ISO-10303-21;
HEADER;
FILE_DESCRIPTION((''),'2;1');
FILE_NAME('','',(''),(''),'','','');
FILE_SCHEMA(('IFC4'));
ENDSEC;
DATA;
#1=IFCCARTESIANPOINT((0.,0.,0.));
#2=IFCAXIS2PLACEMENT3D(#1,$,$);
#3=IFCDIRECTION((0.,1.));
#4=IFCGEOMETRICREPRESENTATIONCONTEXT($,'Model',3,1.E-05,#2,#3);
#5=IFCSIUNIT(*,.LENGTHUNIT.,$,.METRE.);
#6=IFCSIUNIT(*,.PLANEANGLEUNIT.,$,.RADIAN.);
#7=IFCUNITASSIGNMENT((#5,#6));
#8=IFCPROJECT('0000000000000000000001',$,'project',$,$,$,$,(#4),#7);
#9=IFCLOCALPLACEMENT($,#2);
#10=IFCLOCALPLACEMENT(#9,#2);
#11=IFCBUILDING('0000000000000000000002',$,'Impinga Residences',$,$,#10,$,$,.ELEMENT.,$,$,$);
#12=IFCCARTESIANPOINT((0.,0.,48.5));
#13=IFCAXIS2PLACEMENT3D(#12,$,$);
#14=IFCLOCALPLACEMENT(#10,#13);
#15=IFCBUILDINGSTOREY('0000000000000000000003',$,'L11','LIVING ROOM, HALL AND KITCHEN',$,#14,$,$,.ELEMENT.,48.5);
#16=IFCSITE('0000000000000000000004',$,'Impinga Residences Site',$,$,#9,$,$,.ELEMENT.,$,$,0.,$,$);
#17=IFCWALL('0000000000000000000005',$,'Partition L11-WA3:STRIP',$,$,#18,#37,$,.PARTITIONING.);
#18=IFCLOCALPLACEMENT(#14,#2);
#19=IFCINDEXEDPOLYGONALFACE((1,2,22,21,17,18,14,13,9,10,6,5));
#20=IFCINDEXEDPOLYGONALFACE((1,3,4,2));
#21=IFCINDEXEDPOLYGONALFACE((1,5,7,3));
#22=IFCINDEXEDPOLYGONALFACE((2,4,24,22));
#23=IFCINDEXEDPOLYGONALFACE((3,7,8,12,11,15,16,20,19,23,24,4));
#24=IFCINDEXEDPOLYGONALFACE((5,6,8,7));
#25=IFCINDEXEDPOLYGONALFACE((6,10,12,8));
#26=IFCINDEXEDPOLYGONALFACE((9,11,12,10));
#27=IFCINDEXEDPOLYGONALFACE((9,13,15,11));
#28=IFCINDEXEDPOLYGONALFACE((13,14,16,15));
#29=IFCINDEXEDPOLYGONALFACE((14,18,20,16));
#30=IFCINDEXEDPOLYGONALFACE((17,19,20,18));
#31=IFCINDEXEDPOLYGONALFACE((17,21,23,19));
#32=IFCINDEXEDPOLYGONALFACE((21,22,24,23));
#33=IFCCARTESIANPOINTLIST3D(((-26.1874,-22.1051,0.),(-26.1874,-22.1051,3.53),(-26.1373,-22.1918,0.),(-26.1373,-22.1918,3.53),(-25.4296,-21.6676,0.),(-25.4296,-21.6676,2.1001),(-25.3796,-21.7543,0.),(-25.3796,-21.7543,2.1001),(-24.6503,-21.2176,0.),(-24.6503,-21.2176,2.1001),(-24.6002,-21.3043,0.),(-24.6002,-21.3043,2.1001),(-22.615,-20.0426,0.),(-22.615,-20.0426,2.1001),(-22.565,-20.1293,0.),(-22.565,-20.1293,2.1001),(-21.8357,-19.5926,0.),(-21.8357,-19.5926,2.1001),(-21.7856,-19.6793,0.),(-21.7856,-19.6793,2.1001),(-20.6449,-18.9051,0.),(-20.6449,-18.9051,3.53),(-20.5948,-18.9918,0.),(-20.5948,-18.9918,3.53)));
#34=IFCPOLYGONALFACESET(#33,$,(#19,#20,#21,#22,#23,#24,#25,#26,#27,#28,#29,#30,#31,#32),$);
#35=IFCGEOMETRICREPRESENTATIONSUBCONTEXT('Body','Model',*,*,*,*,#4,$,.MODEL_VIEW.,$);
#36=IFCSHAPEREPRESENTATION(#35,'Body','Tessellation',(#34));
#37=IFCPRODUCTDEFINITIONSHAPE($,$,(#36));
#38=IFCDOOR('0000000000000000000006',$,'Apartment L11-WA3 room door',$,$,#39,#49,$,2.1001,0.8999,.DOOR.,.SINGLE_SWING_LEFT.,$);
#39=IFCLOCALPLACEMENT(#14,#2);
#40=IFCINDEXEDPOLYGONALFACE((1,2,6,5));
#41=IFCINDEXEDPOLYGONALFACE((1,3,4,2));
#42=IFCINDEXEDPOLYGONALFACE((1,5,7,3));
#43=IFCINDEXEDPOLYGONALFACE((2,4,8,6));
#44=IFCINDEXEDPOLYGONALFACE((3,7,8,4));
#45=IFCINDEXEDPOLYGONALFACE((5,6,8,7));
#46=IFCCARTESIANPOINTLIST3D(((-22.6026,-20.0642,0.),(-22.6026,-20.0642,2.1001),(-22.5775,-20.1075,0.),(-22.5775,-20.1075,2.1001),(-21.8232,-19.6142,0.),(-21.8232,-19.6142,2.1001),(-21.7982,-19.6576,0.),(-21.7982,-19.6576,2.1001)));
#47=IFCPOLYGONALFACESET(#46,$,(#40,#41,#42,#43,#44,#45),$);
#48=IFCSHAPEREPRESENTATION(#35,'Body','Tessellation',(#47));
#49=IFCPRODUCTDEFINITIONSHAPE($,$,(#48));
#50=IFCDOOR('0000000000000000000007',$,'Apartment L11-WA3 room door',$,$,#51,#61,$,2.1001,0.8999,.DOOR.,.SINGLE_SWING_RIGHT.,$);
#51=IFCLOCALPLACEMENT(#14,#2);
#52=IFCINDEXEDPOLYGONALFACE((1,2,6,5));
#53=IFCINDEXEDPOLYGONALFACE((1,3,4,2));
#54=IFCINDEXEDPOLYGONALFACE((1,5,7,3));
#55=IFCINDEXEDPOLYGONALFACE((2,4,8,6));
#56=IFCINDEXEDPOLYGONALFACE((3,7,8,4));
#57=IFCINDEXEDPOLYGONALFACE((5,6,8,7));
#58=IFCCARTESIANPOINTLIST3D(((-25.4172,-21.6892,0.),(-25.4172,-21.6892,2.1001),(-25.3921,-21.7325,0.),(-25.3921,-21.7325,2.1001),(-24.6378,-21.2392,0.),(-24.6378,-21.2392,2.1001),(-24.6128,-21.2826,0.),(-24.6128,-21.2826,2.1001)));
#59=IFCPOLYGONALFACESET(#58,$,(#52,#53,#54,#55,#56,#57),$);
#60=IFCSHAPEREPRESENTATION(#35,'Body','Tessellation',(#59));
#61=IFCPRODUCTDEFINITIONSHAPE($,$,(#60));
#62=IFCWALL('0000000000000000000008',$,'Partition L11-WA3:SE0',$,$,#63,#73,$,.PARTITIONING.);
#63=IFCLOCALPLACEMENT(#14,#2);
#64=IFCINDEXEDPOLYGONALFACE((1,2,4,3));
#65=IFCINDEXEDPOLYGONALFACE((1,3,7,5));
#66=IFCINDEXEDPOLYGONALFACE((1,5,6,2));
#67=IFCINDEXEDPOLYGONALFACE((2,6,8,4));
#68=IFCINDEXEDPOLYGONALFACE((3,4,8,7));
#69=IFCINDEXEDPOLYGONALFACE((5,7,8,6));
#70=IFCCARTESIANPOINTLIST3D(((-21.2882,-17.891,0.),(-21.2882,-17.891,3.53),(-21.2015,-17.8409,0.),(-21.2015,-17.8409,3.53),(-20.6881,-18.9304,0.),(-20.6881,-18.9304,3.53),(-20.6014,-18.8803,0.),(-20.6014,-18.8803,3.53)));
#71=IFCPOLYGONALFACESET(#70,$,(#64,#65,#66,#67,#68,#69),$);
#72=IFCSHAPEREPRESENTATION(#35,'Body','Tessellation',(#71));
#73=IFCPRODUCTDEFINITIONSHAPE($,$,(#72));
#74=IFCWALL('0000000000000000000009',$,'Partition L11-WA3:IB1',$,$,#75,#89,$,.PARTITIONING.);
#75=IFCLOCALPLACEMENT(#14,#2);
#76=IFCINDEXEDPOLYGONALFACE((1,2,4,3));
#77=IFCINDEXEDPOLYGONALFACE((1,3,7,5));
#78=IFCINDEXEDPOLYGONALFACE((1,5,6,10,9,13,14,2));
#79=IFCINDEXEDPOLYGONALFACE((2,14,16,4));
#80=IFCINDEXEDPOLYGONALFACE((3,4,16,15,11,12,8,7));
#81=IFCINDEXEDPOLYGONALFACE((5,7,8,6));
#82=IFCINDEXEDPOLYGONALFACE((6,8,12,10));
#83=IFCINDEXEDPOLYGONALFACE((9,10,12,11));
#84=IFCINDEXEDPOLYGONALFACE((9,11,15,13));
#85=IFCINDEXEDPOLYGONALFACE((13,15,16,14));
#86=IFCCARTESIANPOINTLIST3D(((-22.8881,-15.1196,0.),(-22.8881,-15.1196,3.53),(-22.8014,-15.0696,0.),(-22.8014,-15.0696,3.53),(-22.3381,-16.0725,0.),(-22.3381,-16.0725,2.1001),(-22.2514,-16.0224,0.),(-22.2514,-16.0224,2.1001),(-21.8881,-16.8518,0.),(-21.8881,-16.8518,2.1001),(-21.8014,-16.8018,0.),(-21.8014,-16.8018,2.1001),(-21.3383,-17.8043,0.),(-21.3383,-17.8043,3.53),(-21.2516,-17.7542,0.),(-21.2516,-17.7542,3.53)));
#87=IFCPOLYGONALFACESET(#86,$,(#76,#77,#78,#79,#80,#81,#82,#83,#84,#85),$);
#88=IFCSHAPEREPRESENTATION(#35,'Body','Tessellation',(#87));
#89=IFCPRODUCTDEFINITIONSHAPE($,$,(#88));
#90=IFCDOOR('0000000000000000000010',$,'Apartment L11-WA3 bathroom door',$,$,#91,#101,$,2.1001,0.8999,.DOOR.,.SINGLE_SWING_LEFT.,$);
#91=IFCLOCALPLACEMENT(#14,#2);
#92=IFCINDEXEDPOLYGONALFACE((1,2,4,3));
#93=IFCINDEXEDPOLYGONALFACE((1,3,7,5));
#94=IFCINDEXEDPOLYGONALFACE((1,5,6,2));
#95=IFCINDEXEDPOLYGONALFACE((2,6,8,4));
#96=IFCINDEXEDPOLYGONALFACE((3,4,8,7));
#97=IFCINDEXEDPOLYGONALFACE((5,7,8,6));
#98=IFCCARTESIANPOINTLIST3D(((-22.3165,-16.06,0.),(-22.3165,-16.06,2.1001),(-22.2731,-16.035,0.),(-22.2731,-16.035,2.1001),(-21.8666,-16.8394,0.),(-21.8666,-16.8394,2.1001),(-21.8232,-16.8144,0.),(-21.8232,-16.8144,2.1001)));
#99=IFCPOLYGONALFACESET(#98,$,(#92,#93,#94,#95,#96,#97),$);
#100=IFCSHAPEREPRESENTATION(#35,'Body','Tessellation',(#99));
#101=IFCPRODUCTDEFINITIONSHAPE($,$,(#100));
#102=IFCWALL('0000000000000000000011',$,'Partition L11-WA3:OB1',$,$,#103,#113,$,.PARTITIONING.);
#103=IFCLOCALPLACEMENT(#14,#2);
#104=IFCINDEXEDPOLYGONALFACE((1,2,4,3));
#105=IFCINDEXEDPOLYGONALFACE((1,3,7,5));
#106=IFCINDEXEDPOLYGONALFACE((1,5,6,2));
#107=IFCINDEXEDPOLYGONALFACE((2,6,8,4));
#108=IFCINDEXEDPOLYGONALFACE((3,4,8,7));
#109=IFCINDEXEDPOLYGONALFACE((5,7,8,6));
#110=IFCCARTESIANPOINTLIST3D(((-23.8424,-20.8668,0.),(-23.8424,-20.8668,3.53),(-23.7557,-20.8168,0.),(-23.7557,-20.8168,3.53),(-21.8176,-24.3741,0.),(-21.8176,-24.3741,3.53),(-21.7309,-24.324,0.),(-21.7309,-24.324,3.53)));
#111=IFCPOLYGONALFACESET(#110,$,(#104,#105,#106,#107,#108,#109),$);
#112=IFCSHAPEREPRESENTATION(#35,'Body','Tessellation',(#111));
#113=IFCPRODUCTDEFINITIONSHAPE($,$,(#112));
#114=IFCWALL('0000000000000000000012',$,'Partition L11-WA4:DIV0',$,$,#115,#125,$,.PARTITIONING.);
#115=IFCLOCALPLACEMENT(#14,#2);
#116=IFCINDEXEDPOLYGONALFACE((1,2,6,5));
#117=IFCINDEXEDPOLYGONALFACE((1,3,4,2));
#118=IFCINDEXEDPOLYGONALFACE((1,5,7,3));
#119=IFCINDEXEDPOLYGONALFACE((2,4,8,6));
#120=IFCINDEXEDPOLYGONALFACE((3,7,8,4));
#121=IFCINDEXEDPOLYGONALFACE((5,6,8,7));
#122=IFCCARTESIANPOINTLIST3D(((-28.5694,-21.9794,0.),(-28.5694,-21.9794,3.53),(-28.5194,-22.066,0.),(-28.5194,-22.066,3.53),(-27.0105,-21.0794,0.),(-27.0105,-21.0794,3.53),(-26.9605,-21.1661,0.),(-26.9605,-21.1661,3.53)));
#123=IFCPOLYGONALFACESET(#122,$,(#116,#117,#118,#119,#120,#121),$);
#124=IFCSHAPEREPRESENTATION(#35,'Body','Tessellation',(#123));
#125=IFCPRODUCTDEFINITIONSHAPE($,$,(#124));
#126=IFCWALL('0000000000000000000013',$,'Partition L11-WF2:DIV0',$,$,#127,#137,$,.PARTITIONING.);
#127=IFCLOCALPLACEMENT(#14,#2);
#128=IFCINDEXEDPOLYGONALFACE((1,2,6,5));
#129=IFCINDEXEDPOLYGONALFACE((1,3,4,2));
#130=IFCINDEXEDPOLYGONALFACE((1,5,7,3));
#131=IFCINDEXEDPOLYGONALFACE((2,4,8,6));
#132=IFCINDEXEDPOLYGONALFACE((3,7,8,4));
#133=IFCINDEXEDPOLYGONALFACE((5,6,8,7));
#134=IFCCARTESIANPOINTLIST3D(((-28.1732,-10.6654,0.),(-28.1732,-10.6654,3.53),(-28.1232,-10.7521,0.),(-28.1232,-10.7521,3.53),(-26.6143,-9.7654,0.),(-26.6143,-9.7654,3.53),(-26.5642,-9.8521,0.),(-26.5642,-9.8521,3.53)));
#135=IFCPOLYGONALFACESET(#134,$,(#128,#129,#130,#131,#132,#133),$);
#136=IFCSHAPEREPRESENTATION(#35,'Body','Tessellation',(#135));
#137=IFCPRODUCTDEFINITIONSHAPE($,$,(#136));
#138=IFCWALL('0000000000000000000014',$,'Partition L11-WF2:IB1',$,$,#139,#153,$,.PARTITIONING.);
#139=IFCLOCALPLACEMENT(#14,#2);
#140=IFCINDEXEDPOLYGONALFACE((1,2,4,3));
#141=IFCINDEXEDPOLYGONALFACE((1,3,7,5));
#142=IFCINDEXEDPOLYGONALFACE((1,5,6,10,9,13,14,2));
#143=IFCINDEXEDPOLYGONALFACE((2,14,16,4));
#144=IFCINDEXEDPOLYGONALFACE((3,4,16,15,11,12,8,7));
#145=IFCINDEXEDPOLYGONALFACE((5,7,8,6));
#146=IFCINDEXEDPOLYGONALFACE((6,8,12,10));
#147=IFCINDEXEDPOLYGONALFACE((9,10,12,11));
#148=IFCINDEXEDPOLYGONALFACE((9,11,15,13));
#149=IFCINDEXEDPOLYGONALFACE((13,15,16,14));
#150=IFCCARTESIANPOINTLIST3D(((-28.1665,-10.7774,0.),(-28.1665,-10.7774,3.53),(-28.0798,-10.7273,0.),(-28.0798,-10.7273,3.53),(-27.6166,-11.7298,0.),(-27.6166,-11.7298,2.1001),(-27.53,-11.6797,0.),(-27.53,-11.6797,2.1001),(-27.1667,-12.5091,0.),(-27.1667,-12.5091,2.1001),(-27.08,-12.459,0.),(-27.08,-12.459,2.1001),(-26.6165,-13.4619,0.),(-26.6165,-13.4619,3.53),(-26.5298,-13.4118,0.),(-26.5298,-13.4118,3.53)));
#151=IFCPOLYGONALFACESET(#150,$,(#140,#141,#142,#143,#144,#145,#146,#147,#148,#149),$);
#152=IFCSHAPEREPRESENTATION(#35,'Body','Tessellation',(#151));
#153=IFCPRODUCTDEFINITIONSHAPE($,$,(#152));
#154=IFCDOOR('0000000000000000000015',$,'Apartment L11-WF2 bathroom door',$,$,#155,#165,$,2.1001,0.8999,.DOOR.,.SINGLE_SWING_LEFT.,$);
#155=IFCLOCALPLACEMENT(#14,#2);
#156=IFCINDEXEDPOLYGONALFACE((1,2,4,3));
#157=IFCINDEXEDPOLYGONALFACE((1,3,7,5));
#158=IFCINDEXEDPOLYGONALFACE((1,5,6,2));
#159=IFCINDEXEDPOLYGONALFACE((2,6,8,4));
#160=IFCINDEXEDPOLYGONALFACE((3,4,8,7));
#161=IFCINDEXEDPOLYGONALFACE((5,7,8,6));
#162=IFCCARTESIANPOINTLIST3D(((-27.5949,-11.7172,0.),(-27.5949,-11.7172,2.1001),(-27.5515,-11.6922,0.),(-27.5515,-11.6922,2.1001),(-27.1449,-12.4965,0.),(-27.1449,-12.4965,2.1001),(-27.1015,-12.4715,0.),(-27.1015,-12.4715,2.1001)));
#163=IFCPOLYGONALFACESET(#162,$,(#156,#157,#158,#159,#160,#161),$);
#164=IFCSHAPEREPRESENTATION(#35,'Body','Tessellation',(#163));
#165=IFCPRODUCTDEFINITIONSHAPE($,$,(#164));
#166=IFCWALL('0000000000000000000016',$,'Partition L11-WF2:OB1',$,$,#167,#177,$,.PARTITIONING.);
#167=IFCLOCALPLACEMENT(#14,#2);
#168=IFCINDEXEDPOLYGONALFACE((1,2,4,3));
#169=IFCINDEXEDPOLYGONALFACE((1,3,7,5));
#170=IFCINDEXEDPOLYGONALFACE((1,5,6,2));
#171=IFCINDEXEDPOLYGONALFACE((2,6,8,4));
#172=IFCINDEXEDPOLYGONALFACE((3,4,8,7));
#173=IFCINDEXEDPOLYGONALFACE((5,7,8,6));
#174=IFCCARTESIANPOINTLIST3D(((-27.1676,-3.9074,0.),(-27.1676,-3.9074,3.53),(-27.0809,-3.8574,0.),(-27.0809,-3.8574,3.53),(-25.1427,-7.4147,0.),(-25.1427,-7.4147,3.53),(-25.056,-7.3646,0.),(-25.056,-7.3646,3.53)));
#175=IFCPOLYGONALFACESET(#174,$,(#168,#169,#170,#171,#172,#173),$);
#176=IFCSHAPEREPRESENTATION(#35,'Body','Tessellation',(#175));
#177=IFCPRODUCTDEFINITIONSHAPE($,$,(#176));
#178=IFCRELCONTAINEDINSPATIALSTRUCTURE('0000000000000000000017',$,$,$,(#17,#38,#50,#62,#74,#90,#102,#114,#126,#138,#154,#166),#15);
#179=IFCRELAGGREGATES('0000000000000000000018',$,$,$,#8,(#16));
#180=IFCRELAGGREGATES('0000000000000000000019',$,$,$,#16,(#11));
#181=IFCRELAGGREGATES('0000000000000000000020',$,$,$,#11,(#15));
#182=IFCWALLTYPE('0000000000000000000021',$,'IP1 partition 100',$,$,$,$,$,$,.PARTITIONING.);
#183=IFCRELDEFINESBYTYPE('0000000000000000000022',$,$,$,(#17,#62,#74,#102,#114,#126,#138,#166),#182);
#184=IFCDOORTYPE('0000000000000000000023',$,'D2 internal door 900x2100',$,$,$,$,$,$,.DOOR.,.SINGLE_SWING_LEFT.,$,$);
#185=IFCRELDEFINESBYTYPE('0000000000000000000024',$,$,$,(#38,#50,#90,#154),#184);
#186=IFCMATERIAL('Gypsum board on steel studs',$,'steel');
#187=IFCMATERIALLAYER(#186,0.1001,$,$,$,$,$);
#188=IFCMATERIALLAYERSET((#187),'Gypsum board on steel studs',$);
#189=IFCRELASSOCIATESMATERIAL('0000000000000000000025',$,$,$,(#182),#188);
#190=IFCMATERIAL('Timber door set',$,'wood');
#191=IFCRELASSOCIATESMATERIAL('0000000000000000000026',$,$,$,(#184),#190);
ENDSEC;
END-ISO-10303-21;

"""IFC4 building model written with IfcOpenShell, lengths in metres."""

from ifc_helpers import new_model, si_unit, direction, frame, frame_2d, origin, place, context, subcontext, project, spatial, rectangle, extrude, material, layer, layer_set, type_object, element, fill, save


model = new_model("IFC4")

# Units and contexts
model_context = context("Model", 3, precision=1e-05, world=origin(), true_north=direction((0.0, 1.0)))
body_context = subcontext(model_context, "Body", "Model", "MODEL_VIEW")
ifc_project = project(units=[si_unit("LENGTHUNIT", "METRE"), si_unit("PLANEANGLEUNIT", "RADIAN")], contexts=[model_context])

# Site, building, storey
site_placement = place(None, origin())
site = spatial("IfcSite", under=ifc_project, at=site_placement, Name="Impinga Residences Site", CompositionType="ELEMENT", RefElevation=0.0)
building_placement = place(site_placement, origin())
building = spatial("IfcBuilding", under=site, at=building_placement, Name="Impinga Residences", CompositionType="ELEMENT")
storey_placement = place(building_placement, frame((0.0, 0.0, 48.5)))
storey = spatial("IfcBuildingStorey", under=building, at=storey_placement, Name="L11", Description="LIVING ROOM, HALL AND KITCHEN", CompositionType="ELEMENT", Elevation=48.5)

# Shared definitions
ifc_material_1 = material(Name="Gypsum board on steel studs", Category="steel")
ifc_layer_1 = layer(ifc_material_1, 0.1001)
ifc_layer_set_1 = layer_set([ifc_layer_1], Name="Gypsum board on steel studs")
wall_type_1 = type_object("IfcWallType", Name="IP1 partition 100", PredefinedType="PARTITIONING", material=ifc_layer_set_1)
ifc_material_2 = material(Name="Timber door set", Category="wood")
door_type = type_object("IfcDoorType", Name="D2 internal door 900x2100", OperationType="SINGLE_SWING_LEFT", PredefinedType="DOOR", material=ifc_material_2)

# Wall, openings, doors
wall_1_placement = place(storey_placement, frame((-20.6199, -18.9485, 0.0), z_axis=(0.0, 0.0, 1.0), x_axis=(-0.866025, -0.5, 0.0)))
wall_1 = element("IfcWall", 1, at=wall_1_placement, inside=storey, type_object=wall_type_1, Name="Partition L11-WA3:STRIP", PredefinedType="PARTITIONING", context=body_context, shape_type="SweptSolid", body=[
    extrude(rectangle(XDim=6.3999, YDim=0.1001, at=frame_2d((3.2, 0.0))), origin(), (0.0, 0.0, 1.0), 3.53),
])
opening_1_placement = place(wall_1_placement, frame((1.375, 0.0, 0.0)))
opening_1 = element("IfcOpeningElement", 2, at=opening_1_placement, cuts=wall_1, PredefinedType="OPENING", context=body_context, shape_type="SweptSolid", body=[
    extrude(rectangle(XDim=0.8999, YDim=2.1001, at=frame_2d((0.45, 1.05))), frame((0.0, 0.0601, 0.0), z_axis=(0.0, -1.0, 0.0), x_axis=(1.0, 0.0, 0.0)), (0.0, 0.0, 1.0), 0.1201),
])
opening_2_placement = place(wall_1_placement, frame((4.625, 0.0, 0.0)))
opening_2 = element("IfcOpeningElement", 3, at=opening_2_placement, cuts=wall_1, PredefinedType="OPENING", context=body_context, shape_type="SweptSolid", body=[
    extrude(rectangle(XDim=0.8999, YDim=2.1001, at=frame_2d((0.45, 1.05))), frame((0.0, 0.0601, 0.0), z_axis=(0.0, -1.0, 0.0), x_axis=(1.0, 0.0, 0.0)), (0.0, 0.0, 1.0), 0.1201),
])
door_1_placement = place(opening_1_placement, origin())
door_1 = element("IfcDoor", 4, at=door_1_placement, inside=storey, type_object=door_type, Name="Apartment L11-WA3 room door", OperationType="SINGLE_SWING_LEFT", OverallHeight=2.1001, OverallWidth=0.8999, PredefinedType="DOOR", context=body_context, shape_type="SweptSolid", body=[
    extrude(rectangle(XDim=0.8999, YDim=2.1001, at=frame_2d((0.45, 1.05))), frame((0.0, 0.0249, 0.0), z_axis=(0.0, -1.0, 0.0), x_axis=(1.0, 0.0, 0.0)), (0.0, 0.0, 1.0), 0.05),
])
fill(opening_1, door_1)
door_2_placement = place(opening_2_placement, origin())
door_2 = element("IfcDoor", 5, at=door_2_placement, inside=storey, type_object=door_type, Name="Apartment L11-WA3 room door", OperationType="SINGLE_SWING_RIGHT", OverallHeight=2.1001, OverallWidth=0.8999, PredefinedType="DOOR", context=body_context, shape_type="SweptSolid", body=[
    extrude(rectangle(XDim=0.8999, YDim=2.1001, at=frame_2d((0.45, 1.05))), frame((0.0, 0.0249, 0.0), z_axis=(0.0, -1.0, 0.0), x_axis=(1.0, 0.0, 0.0)), (0.0, 0.0, 1.0), 0.05),
])
fill(opening_2, door_2)

# Wall
wall_2_placement = place(storey_placement, frame((-21.2449, -17.866, 0.0), z_axis=(0.0, 0.0, 1.0), x_axis=(0.500034, -0.866006, 0.0)))
element("IfcWall", 6, at=wall_2_placement, inside=storey, type_object=wall_type_1, Name="Partition L11-WA3:SE0", PredefinedType="PARTITIONING", context=body_context, shape_type="SweptSolid", body=[
    extrude(rectangle(XDim=1.2002, YDim=0.1001, at=frame_2d((0.6001, 0.0))), origin(), (0.0, 0.0, 1.0), 3.53),
])

# Wall, opening, door
wall_3_placement = place(storey_placement, frame((-22.8447, -15.0947, 0.0), z_axis=(0.0, 0.0, 1.0), x_axis=(0.499968, -0.866044, 0.0)))
wall_3 = element("IfcWall", 7, at=wall_3_placement, inside=storey, type_object=wall_type_1, Name="Partition L11-WA3:IB1", PredefinedType="PARTITIONING", context=body_context, shape_type="SweptSolid", body=[
    extrude(rectangle(XDim=3.0999, YDim=0.1001, at=frame_2d((1.5498, 0.0))), origin(), (0.0, 0.0, 1.0), 3.53),
])
opening_3_placement = place(wall_3_placement, frame((1.1001, 0.0, 0.0)))
opening_3 = element("IfcOpeningElement", 8, at=opening_3_placement, cuts=wall_3, PredefinedType="OPENING", context=body_context, shape_type="SweptSolid", body=[
    extrude(rectangle(XDim=0.8999, YDim=2.1001, at=frame_2d((0.45, 1.05))), frame((0.0, 0.0601, 0.0), z_axis=(0.0, -1.0, 0.0), x_axis=(1.0, 0.0, 0.0)), (0.0, 0.0, 1.0), 0.1201),
])
door_3_placement = place(opening_3_placement, origin())
door_3 = element("IfcDoor", 9, at=door_3_placement, inside=storey, type_object=door_type, Name="Apartment L11-WA3 bathroom door", OperationType="SINGLE_SWING_LEFT", OverallHeight=2.1001, OverallWidth=0.8999, PredefinedType="DOOR", context=body_context, shape_type="SweptSolid", body=[
    extrude(rectangle(XDim=0.8999, YDim=2.1001, at=frame_2d((0.45, 1.05))), frame((0.0, 0.0249, 0.0), z_axis=(0.0, -1.0, 0.0), x_axis=(1.0, 0.0, 0.0)), (0.0, 0.0, 1.0), 0.05),
])
fill(opening_3, door_3)

# Walls
wall_4_placement = place(storey_placement, frame((-23.7991, -20.8418, 0.0), z_axis=(0.0, 0.0, 1.0), x_axis=(0.49999, -0.866031, 0.0)))
element("IfcWall", 10, at=wall_4_placement, inside=storey, type_object=wall_type_1, Name="Partition L11-WA3:OB1", PredefinedType="PARTITIONING", context=body_context, shape_type="SweptSolid", body=[
    extrude(rectangle(XDim=4.0498, YDim=0.1001, at=frame_2d((2.0249, 0.0))), origin(), (0.0, 0.0, 1.0), 3.53),
])
for number, where, z_axis, x_axis, name in (
    (11, (-26.9856, -21.1228, 0.0), (0.0, 0.0, 1.0), (-0.866048, -0.499961, 0.0), "Partition L11-WA4:DIV0"),
    (12, (-26.5894, -9.8088, 0.0), (0.0, 0.0, 1.0), (-0.866048, -0.499961, 0.0), "Partition L11-WF2:DIV0"),
):
    element("IfcWall", number, at=place(storey_placement, frame(where, z_axis=z_axis, x_axis=x_axis)), inside=storey, type_object=wall_type_1, Name=name, PredefinedType="PARTITIONING", context=body_context, shape_type="SweptSolid", body=[
        extrude(rectangle(XDim=1.8, YDim=0.1001, at=frame_2d((0.8999, 0.0))), origin(), (0.0, 0.0, 1.0), 3.53),
    ])

# Wall, opening, door
wall_5_placement = place(storey_placement, frame((-26.5732, -13.4368, 0.0), z_axis=(0.0, 0.0, 1.0), x_axis=(-0.500027, 0.86601, 0.0)))
wall_5 = element("IfcWall", 13, at=wall_5_placement, inside=storey, type_object=wall_type_1, Name="Partition L11-WF2:IB1", PredefinedType="PARTITIONING", context=body_context, shape_type="SweptSolid", body=[
    extrude(rectangle(XDim=3.0999, YDim=0.1001, at=frame_2d((1.5498, 0.0))), origin(), (0.0, 0.0, 1.0), 3.53),
])
opening_4_placement = place(wall_5_placement, frame((1.1001, 0.0, 0.0)))
opening_4 = element("IfcOpeningElement", 14, at=opening_4_placement, cuts=wall_5, PredefinedType="OPENING", context=body_context, shape_type="SweptSolid", body=[
    extrude(rectangle(XDim=0.8999, YDim=2.1001, at=frame_2d((0.45, 1.05))), frame((0.0, 0.0601, 0.0), z_axis=(0.0, -1.0, 0.0), x_axis=(1.0, 0.0, 0.0)), (0.0, 0.0, 1.0), 0.1201),
])
door_4_placement = place(opening_4_placement, origin())
door_4 = element("IfcDoor", 15, at=door_4_placement, inside=storey, type_object=door_type, Name="Apartment L11-WF2 bathroom door", OperationType="SINGLE_SWING_LEFT", OverallHeight=2.1001, OverallWidth=0.8999, PredefinedType="DOOR", context=body_context, shape_type="SweptSolid", body=[
    extrude(rectangle(XDim=0.8999, YDim=2.1001, at=frame_2d((0.45, 1.05))), frame((0.0, 0.0249, 0.0), z_axis=(0.0, -1.0, 0.0), x_axis=(1.0, 0.0, 0.0)), (0.0, 0.0, 1.0), 0.05),
])
fill(opening_4, door_4)

# Wall
wall_6_placement = place(storey_placement, frame((-25.0994, -7.3896, 0.0), z_axis=(0.0, 0.0, 1.0), x_axis=(-0.49999, 0.866031, 0.0)))
element("IfcWall", 16, at=wall_6_placement, inside=storey, type_object=wall_type_1, Name="Partition L11-WF2:OB1", PredefinedType="PARTITIONING", context=body_context, shape_type="SweptSolid", body=[
    extrude(rectangle(XDim=4.0498, YDim=0.1001, at=frame_2d((2.0249, 0.0))), origin(), (0.0, 0.0, 1.0), 3.53),
])

save(model, "model.ifc")
